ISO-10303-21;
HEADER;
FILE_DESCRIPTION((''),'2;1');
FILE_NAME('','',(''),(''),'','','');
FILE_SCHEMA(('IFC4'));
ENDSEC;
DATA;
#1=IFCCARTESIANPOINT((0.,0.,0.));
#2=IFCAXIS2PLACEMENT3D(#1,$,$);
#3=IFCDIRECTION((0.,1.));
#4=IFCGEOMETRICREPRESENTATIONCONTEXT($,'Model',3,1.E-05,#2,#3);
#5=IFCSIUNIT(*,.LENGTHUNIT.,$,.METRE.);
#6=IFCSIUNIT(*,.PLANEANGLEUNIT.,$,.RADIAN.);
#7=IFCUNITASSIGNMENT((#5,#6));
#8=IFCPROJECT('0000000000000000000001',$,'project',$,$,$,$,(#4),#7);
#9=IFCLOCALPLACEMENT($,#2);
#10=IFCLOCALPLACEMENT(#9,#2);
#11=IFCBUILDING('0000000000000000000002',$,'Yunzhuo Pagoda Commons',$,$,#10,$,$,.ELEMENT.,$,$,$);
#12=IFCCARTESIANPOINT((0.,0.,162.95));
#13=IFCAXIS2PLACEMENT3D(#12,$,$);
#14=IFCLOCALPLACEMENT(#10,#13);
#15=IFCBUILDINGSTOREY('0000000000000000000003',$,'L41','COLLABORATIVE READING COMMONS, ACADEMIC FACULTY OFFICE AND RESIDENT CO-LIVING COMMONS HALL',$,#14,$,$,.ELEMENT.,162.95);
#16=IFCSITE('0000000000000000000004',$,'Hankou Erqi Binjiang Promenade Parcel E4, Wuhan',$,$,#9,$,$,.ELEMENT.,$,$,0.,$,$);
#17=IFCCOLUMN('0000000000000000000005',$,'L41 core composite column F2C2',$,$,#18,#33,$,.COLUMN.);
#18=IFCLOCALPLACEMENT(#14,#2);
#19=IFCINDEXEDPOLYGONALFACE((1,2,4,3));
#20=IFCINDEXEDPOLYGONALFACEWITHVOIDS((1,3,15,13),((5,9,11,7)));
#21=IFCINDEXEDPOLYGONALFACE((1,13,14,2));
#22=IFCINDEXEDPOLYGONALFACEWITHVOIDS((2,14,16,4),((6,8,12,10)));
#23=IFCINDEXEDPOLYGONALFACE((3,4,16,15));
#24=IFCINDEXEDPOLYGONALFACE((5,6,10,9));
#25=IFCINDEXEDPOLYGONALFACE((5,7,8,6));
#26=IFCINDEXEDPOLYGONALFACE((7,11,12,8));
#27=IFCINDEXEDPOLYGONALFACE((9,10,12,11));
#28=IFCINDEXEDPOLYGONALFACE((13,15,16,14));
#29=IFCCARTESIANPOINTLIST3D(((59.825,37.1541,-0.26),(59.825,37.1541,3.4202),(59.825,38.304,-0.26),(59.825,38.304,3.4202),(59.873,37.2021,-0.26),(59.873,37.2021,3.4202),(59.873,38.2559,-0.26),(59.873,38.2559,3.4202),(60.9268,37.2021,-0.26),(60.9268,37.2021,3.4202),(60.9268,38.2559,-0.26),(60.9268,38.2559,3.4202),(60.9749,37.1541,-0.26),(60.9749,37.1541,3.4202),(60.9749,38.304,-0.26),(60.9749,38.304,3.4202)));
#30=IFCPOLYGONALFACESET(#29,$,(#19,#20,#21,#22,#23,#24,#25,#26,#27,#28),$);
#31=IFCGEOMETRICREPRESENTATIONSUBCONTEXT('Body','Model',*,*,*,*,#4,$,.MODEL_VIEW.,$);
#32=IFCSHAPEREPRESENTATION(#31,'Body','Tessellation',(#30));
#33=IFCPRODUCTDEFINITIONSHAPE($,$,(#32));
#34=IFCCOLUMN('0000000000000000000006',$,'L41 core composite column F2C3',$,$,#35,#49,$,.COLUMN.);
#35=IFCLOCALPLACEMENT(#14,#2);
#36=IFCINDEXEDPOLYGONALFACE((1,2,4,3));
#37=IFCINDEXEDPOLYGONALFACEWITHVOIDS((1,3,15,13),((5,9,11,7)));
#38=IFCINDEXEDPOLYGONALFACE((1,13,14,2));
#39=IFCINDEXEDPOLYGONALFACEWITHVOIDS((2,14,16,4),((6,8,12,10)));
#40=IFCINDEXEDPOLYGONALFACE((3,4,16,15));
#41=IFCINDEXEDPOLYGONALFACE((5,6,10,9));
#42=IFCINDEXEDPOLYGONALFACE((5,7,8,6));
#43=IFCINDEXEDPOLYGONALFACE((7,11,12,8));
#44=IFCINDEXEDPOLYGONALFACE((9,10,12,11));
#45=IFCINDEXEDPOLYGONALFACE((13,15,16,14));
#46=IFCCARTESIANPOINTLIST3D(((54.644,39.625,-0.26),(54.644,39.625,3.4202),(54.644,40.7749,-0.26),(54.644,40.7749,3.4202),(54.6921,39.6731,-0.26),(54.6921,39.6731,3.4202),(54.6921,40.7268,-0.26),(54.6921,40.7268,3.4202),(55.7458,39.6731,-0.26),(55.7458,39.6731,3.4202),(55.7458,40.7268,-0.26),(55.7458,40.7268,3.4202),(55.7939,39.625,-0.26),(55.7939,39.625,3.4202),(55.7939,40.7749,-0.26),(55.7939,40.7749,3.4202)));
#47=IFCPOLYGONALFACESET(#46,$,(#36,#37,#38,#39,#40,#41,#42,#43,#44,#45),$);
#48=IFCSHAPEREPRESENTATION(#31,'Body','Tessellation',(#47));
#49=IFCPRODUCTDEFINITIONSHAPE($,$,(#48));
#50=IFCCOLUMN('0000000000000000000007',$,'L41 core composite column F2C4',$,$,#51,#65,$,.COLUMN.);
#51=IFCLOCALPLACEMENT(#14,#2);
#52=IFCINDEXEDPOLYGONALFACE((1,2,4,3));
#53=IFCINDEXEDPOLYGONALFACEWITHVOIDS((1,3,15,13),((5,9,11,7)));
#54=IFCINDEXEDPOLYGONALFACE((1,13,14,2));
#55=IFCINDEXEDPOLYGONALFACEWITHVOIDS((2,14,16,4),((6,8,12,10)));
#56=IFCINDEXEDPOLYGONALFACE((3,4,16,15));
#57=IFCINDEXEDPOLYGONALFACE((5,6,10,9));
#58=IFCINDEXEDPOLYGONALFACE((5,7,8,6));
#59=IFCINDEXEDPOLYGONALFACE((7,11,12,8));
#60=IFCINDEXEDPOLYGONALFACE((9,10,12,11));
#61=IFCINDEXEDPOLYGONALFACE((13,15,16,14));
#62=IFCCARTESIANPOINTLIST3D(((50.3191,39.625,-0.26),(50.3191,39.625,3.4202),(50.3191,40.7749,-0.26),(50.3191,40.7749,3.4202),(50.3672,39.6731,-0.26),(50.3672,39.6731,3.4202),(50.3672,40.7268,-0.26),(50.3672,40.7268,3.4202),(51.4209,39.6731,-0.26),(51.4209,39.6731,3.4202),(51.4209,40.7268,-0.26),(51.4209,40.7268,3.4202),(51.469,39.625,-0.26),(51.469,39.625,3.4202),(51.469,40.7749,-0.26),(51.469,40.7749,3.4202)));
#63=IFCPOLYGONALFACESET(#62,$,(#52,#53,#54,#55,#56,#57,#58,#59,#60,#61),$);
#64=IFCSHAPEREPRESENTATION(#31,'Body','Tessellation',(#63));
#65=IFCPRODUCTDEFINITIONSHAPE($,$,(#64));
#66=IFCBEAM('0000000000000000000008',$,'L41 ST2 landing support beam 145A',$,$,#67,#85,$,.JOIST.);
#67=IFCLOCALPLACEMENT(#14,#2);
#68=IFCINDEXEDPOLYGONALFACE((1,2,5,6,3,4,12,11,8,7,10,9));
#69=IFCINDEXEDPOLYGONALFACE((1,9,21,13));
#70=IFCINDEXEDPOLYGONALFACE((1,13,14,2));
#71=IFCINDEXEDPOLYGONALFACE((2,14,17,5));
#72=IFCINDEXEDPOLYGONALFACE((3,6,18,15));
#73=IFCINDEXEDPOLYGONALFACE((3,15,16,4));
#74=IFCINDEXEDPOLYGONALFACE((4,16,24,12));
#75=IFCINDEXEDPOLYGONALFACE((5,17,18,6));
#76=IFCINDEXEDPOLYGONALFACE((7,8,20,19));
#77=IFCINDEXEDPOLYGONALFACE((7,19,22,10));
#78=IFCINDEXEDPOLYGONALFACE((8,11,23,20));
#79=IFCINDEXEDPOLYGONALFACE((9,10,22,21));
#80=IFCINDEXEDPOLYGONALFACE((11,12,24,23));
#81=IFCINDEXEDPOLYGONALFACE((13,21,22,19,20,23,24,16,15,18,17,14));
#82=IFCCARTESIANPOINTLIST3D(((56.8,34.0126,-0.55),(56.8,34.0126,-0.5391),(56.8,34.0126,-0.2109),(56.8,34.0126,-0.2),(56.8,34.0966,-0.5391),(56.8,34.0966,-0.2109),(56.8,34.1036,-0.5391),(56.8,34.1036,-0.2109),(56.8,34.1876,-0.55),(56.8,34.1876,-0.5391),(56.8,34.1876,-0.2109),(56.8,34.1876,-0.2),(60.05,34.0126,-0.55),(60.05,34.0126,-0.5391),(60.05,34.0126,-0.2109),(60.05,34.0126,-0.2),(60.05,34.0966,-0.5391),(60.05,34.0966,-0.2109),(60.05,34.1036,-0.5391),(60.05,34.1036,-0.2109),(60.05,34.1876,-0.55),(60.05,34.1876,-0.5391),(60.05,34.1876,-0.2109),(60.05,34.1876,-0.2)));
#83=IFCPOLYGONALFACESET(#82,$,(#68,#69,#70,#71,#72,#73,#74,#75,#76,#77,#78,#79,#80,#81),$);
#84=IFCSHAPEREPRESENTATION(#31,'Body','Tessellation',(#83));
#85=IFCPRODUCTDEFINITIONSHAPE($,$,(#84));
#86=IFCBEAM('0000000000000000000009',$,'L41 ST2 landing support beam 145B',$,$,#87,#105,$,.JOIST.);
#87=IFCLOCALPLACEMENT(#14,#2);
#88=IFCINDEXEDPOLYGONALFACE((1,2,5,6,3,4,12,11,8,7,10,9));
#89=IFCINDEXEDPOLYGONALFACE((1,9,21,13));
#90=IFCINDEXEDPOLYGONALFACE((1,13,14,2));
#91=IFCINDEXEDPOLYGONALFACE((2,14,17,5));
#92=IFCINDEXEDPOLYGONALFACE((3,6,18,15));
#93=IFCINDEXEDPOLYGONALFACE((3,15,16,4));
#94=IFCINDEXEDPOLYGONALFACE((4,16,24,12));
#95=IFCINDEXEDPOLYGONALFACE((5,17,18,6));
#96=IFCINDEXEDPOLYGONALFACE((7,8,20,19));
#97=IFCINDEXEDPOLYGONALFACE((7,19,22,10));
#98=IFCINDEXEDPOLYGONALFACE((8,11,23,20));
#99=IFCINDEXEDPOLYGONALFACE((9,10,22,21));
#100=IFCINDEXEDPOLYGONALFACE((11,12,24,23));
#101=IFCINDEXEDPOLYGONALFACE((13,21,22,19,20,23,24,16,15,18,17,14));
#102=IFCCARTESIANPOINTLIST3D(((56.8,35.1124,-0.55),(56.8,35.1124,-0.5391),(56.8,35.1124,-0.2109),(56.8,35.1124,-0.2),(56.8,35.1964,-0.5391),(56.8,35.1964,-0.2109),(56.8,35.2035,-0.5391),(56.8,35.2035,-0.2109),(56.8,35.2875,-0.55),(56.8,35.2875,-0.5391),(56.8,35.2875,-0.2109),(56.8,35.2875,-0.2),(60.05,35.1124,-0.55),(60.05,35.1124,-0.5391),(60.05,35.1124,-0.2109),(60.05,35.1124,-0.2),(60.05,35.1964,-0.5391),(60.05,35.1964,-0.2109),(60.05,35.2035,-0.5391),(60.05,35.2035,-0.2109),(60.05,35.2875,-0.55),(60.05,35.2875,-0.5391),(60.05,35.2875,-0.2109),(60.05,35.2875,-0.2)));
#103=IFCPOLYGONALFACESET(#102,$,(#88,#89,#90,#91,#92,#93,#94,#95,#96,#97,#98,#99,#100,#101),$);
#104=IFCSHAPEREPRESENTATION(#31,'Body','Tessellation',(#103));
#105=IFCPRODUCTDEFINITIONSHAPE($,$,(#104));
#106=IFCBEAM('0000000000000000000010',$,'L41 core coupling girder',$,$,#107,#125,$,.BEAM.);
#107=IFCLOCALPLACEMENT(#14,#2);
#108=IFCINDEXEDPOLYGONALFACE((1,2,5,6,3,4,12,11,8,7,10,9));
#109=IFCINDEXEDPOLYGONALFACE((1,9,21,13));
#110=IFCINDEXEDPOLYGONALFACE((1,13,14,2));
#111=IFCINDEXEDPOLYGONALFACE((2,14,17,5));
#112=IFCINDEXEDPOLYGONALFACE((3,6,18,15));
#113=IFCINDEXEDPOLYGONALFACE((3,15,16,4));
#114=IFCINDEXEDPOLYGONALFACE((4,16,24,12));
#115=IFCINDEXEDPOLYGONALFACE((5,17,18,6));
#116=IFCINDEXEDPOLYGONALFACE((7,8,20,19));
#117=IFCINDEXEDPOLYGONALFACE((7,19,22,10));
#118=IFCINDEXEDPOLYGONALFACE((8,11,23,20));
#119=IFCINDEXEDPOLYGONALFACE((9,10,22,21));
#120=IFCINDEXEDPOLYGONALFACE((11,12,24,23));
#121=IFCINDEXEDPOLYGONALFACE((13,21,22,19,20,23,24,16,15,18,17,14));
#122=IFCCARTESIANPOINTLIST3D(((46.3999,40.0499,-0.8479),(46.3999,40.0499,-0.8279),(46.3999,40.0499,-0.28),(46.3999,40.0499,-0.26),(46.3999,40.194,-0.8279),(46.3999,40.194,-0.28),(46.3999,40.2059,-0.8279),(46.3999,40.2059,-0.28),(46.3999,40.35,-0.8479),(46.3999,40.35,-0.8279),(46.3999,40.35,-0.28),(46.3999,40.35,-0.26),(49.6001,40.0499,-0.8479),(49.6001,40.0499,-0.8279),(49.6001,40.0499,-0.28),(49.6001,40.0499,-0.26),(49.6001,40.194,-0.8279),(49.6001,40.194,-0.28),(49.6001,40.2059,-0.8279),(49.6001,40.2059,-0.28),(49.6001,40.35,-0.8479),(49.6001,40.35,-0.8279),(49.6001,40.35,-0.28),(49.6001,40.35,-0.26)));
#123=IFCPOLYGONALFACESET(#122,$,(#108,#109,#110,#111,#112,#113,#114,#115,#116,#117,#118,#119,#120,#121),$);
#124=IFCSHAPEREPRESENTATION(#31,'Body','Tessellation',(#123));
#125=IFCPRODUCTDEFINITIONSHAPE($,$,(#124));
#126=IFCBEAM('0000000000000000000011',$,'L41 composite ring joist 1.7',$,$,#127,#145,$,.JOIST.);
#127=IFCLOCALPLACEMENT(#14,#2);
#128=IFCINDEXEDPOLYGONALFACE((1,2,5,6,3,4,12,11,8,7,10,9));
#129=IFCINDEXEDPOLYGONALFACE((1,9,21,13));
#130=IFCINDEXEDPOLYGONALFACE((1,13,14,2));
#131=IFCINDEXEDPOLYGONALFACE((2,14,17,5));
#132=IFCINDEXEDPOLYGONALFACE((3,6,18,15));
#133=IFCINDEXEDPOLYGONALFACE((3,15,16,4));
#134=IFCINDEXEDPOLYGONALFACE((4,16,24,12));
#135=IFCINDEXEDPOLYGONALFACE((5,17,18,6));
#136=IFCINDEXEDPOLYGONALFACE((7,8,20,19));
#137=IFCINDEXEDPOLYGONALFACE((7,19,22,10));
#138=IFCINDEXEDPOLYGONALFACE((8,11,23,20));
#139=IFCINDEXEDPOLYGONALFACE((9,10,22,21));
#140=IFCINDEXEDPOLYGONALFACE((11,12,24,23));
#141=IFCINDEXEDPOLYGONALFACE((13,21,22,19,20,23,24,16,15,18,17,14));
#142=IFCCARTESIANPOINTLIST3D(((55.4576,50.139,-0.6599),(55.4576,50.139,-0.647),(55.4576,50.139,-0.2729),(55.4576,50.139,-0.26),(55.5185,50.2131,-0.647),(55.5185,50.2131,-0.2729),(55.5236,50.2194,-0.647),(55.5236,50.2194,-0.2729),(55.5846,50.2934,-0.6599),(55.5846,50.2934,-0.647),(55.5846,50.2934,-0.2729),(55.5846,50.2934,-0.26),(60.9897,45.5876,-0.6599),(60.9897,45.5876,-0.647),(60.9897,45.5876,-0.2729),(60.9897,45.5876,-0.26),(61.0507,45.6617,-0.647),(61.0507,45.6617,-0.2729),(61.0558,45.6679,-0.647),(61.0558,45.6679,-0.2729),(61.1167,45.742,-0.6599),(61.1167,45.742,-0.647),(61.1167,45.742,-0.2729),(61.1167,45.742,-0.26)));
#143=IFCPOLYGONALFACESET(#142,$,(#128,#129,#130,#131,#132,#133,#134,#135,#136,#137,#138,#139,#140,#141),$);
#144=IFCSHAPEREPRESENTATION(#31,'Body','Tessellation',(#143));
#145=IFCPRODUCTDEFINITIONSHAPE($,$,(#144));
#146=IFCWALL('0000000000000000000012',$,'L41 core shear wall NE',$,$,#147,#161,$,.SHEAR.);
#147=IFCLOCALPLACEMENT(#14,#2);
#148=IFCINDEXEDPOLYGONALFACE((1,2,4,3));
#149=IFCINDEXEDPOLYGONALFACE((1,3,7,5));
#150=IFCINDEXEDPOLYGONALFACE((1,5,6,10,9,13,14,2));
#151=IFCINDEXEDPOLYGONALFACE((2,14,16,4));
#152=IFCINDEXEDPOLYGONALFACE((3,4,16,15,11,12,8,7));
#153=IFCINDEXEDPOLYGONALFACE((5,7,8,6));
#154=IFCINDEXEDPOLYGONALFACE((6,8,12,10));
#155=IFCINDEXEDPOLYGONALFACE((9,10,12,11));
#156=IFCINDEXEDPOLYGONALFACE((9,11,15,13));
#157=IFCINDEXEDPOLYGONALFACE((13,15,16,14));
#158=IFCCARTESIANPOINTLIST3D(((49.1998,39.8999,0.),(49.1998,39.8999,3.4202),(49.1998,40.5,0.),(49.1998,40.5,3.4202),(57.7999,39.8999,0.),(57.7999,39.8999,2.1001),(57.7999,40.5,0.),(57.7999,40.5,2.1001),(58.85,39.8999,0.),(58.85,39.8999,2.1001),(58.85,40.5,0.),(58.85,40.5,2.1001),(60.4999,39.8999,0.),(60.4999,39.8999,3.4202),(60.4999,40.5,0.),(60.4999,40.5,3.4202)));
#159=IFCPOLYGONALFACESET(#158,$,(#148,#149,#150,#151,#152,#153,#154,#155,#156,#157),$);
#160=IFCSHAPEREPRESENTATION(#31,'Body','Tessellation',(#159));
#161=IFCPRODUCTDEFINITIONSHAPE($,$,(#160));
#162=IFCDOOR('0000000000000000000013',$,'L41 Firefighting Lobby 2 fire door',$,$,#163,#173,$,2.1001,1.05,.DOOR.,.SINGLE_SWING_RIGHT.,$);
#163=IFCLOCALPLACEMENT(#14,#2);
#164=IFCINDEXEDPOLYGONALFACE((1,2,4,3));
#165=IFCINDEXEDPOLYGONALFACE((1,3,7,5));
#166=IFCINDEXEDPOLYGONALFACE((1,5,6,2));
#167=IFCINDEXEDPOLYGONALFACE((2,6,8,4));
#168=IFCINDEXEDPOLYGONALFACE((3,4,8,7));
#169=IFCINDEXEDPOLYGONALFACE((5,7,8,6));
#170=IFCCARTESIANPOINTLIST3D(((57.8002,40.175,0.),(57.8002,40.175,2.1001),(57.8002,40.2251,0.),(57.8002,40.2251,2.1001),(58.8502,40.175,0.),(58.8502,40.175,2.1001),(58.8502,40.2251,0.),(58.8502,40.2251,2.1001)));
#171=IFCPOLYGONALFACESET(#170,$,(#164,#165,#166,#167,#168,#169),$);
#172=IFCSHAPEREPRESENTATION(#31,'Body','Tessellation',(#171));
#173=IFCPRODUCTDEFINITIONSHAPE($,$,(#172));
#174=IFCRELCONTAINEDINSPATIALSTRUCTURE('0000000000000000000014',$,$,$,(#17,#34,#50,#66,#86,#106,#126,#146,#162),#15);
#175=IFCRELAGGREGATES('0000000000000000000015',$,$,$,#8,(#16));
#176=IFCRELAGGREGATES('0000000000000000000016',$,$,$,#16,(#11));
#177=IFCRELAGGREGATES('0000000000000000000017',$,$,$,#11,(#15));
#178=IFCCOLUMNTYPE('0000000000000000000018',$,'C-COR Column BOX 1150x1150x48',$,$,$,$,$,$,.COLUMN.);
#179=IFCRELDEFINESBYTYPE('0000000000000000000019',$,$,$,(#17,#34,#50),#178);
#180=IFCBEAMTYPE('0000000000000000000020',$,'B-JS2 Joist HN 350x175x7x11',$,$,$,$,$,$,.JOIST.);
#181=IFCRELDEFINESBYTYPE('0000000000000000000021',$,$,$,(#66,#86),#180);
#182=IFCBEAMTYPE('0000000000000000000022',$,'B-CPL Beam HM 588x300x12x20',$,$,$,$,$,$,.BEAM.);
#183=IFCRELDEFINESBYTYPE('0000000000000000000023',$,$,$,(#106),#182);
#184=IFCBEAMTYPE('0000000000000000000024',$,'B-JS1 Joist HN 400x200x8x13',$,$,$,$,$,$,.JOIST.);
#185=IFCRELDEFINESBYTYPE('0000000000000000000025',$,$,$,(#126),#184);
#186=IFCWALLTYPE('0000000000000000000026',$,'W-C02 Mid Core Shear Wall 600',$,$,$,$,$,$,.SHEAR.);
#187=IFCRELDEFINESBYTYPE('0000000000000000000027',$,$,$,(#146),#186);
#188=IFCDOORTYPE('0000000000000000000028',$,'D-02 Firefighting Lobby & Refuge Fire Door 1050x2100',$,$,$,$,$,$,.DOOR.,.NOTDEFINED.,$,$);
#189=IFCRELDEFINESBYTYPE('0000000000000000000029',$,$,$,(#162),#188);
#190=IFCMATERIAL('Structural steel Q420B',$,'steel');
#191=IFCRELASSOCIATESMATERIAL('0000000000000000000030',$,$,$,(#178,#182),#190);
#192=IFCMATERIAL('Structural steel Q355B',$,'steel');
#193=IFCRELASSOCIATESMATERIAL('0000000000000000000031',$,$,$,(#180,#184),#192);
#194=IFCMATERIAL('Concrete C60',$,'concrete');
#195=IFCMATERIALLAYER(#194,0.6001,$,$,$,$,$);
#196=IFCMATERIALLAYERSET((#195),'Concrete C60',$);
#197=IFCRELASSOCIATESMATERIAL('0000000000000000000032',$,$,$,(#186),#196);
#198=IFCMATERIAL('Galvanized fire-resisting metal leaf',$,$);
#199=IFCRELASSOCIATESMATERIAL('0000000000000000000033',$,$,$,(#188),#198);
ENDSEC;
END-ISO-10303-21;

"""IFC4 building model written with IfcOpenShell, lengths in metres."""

from ifc_helpers import new_model, si_unit, direction, frame, frame_2d, origin, origin_2d, place, context, subcontext, project, spatial, rectangle, hollow_rectangle, i_section, extrude, source, transform, mapped, material, layer, layer_set, material_profile, profile_set, type_object, element, fill, save


model = new_model("IFC4")

# Units and contexts
model_context = context("Model", 3, precision=1e-05, world=origin(), true_north=direction((0.0, 1.0)))
body_context = subcontext(model_context, "Body", "Model", "MODEL_VIEW")
ifc_project = project(units=[si_unit("LENGTHUNIT", "METRE"), si_unit("PLANEANGLEUNIT", "RADIAN")], contexts=[model_context])

# Site, building, storey
site_placement = place(None, origin())
site = spatial("IfcSite", under=ifc_project, at=site_placement, Name="Hankou Erqi Binjiang Promenade Parcel E4, Wuhan", CompositionType="ELEMENT", RefElevation=0.0)
building_placement = place(site_placement, origin())
building = spatial("IfcBuilding", under=site, at=building_placement, Name="Yunzhuo Pagoda Commons", CompositionType="ELEMENT")
storey_placement = place(building_placement, frame((0.0, 0.0, 162.95)))
storey = spatial("IfcBuildingStorey", under=building, at=storey_placement, Name="L41", Description="COLLABORATIVE READING COMMONS, ACADEMIC FACULTY OFFICE AND RESIDENT CO-LIVING COMMONS HALL", CompositionType="ELEMENT", Elevation=162.95)

# Columns
ifc_material_1 = material(Name="Structural steel Q420B", Category="steel")
ifc_material_profile_1 = material_profile(ifc_material_1, hollow_rectangle(XDim=1.1499, YDim=1.1499, WallThickness=0.0481, at=origin_2d()), Name="Structural steel Q420B")
ifc_profile_set_1 = profile_set([ifc_material_profile_1], Name="Structural steel Q420B")
column_type = type_object("IfcColumnType", Name="C-COR Column BOX 1150x1150x48", PredefinedType="COLUMN", material=ifc_profile_set_1)
shared_shape_1 = source(origin(), body_context, "Body", "SweptSolid", [
    extrude(hollow_rectangle(XDim=1.1499, YDim=1.1499, WallThickness=0.0481, at=origin_2d()), origin(), (0.0, 0.0, 1.0), 3.6802),
])
for number, where, z_axis, x_axis, name in (
    (1, (60.3999, 37.729, -0.26), (0.0, 0.0, 1.0), (1.0, 0.0, 0.0), "L41 core composite column F2C2"),
    (2, (55.219, 40.2, -0.26), (0.0, 0.0, 1.0), (1.0, 0.0, 0.0), "L41 core composite column F2C3"),
    (3, (50.894, 40.2, -0.26), (0.0, 0.0, 1.0), (1.0, 0.0, 0.0), "L41 core composite column F2C4"),
):
    element("IfcColumn", number, at=place(storey_placement, frame(where, z_axis=z_axis, x_axis=x_axis)), inside=storey, type_object=column_type, Name=name, PredefinedType="COLUMN", context=body_context, shape_type="MappedRepresentation", body=[
        mapped(shared_shape_1, transform((0.0, 0.0, 0.0), scale=1.0)),
    ])

# Beams
ifc_material_2 = material(Name="Structural steel Q355B", Category="steel")
ifc_material_profile_2 = material_profile(ifc_material_2, i_section(OverallWidth=0.175, OverallDepth=0.3501, WebThickness=0.0071, FlangeThickness=0.011, at=origin_2d()), Name="Structural steel Q355B")
ifc_profile_set_2 = profile_set([ifc_material_profile_2], Name="Structural steel Q355B")
beam_type_1 = type_object("IfcBeamType", Name="B-JS2 Joist HN 350x175x7x11", PredefinedType="JOIST", material=ifc_profile_set_2)
shared_shape_2 = source(origin(), body_context, "Body", "SweptSolid", [
    extrude(i_section(OverallWidth=0.175, OverallDepth=0.3501, WebThickness=0.0071, FlangeThickness=0.011, at=origin_2d()), origin(), (0.0, 0.0, 1.0), 3.25),
])
for number, where, z_axis, x_axis, name in (
    (4, (56.8, 34.1001, -0.375), (1.0, 0.0, 0.0), (0.0, 1.0, 0.0), "L41 ST2 landing support beam 145A"),
    (5, (56.8, 35.2, -0.375), (1.0, 0.0, 0.0), (0.0, 1.0, 0.0), "L41 ST2 landing support beam 145B"),
):
    element("IfcBeam", number, at=place(storey_placement, frame(where, z_axis=z_axis, x_axis=x_axis)), inside=storey, type_object=beam_type_1, Name=name, PredefinedType="JOIST", context=body_context, shape_type="MappedRepresentation", body=[
        mapped(shared_shape_2, transform((0.0, 0.0, 0.0), scale=1.0)),
    ])
ifc_material_profile_3 = material_profile(ifc_material_1, i_section(OverallWidth=0.3, OverallDepth=0.5879, WebThickness=0.012, FlangeThickness=0.02, at=origin_2d()), Name="Structural steel Q420B")
ifc_profile_set_3 = profile_set([ifc_material_profile_3], Name="Structural steel Q420B")
beam_type_2 = type_object("IfcBeamType", Name="B-CPL Beam HM 588x300x12x20", PredefinedType="BEAM", material=ifc_profile_set_3)
shared_shape_3 = source(origin(), body_context, "Body", "SweptSolid", [
    extrude(i_section(OverallWidth=0.3, OverallDepth=0.5879, WebThickness=0.012, FlangeThickness=0.02, at=origin_2d()), origin(), (0.0, 0.0, 1.0), 3.2002),
])
beam_1_placement = place(storey_placement, frame((46.3999, 40.2, -0.554), z_axis=(1.0, 0.0, 0.0), x_axis=(0.0, 1.0, 0.0)))
element("IfcBeam", 6, at=beam_1_placement, inside=storey, type_object=beam_type_2, Name="L41 core coupling girder", PredefinedType="BEAM", context=body_context, shape_type="MappedRepresentation", body=[
    mapped(shared_shape_3, transform((0.0, 0.0, 0.0), scale=1.0)),
])
ifc_material_profile_4 = material_profile(ifc_material_2, i_section(OverallWidth=0.2, OverallDepth=0.3999, WebThickness=0.0081, FlangeThickness=0.0129, at=origin_2d()), Name="Structural steel Q355B")
ifc_profile_set_4 = profile_set([ifc_material_profile_4], Name="Structural steel Q355B")
beam_type_3 = type_object("IfcBeamType", Name="B-JS1 Joist HN 400x200x8x13", PredefinedType="JOIST", material=ifc_profile_set_4)
shared_shape_4 = source(origin(), body_context, "Body", "SweptSolid", [
    extrude(i_section(OverallWidth=0.2, OverallDepth=0.3999, WebThickness=0.0081, FlangeThickness=0.0129, at=origin_2d()), origin(), (0.0, 0.0, 1.0), 7.1638),
])
beam_2_placement = place(storey_placement, frame((61.0532, 45.6648, -0.46), z_axis=(-0.772234, 0.635338, 0.0), x_axis=(-0.635338, -0.772234, 0.0)))
element("IfcBeam", 7, at=beam_2_placement, inside=storey, type_object=beam_type_3, Name="L41 composite ring joist 1.7", PredefinedType="JOIST", context=body_context, shape_type="MappedRepresentation", body=[
    mapped(shared_shape_4, transform((0.0, 0.0, 0.0), scale=1.0)),
])

# Wall, opening, door
ifc_material_3 = material(Name="Concrete C60", Category="concrete")
ifc_layer_1 = layer(ifc_material_3, 0.6001)
ifc_layer_set_1 = layer_set([ifc_layer_1], Name="Concrete C60")
wall_type_1 = type_object("IfcWallType", Name="W-C02 Mid Core Shear Wall 600", PredefinedType="SHEAR", material=ifc_layer_set_1)
wall_1_placement = place(storey_placement, frame((49.2, 40.2, 0.0), z_axis=(0.0, 0.0, 1.0), x_axis=(1.0, 0.0, 0.0)))
wall_1 = element("IfcWall", 8, at=wall_1_placement, inside=storey, type_object=wall_type_1, Name="L41 core shear wall NE", PredefinedType="SHEAR", context=body_context, shape_type="SweptSolid", body=[
    extrude(rectangle(XDim=11.3, YDim=0.6001, at=frame_2d((5.6499, 0.0))), origin(), (0.0, 0.0, 1.0), 3.4202),
])
opening_1_placement = place(wall_1_placement, frame((8.6001, 0.0, 0.0)))
opening_1 = element("IfcOpeningElement", 9, at=opening_1_placement, cuts=wall_1, PredefinedType="OPENING", context=body_context, shape_type="SweptSolid", body=[
    extrude(rectangle(XDim=1.05, YDim=2.1001, at=frame_2d((0.5249, 1.05))), frame((0.0, 0.3101, 0.0), z_axis=(0.0, -1.0, 0.0), x_axis=(1.0, 0.0, 0.0)), (0.0, 0.0, 1.0), 0.6201),
])
ifc_material_4 = material(Name="Galvanized fire-resisting metal leaf")
door_type_1 = type_object("IfcDoorType", Name="D-02 Firefighting Lobby & Refuge Fire Door 1050x2100", OperationType="NOTDEFINED", PredefinedType="DOOR", material=ifc_material_4)
shared_shape_5 = source(origin(), body_context, "Body", "SweptSolid", [
    extrude(rectangle(XDim=1.05, YDim=2.1001, at=frame_2d((0.5249, 1.05))), frame((0.0, 0.0249, 0.0), z_axis=(0.0, -1.0, 0.0), x_axis=(1.0, 0.0, 0.0)), (0.0, 0.0, 1.0), 0.05),
])
door_1_placement = place(opening_1_placement, frame((1.05, 0.0, 0.0), z_axis=(0.0, 0.0, 1.0), x_axis=(-1.0, 0.0, 0.0)))
door_1 = element("IfcDoor", 10, at=door_1_placement, inside=storey, type_object=door_type_1, Name="L41 Firefighting Lobby 2 fire door", OperationType="SINGLE_SWING_RIGHT", OverallHeight=2.1001, OverallWidth=1.05, PredefinedType="DOOR", context=body_context, shape_type="MappedRepresentation", body=[
    mapped(shared_shape_5, transform((0.0, 0.0, 0.0), scale=1.0)),
])
fill(opening_1, door_1)

save(model, "model.ifc")
